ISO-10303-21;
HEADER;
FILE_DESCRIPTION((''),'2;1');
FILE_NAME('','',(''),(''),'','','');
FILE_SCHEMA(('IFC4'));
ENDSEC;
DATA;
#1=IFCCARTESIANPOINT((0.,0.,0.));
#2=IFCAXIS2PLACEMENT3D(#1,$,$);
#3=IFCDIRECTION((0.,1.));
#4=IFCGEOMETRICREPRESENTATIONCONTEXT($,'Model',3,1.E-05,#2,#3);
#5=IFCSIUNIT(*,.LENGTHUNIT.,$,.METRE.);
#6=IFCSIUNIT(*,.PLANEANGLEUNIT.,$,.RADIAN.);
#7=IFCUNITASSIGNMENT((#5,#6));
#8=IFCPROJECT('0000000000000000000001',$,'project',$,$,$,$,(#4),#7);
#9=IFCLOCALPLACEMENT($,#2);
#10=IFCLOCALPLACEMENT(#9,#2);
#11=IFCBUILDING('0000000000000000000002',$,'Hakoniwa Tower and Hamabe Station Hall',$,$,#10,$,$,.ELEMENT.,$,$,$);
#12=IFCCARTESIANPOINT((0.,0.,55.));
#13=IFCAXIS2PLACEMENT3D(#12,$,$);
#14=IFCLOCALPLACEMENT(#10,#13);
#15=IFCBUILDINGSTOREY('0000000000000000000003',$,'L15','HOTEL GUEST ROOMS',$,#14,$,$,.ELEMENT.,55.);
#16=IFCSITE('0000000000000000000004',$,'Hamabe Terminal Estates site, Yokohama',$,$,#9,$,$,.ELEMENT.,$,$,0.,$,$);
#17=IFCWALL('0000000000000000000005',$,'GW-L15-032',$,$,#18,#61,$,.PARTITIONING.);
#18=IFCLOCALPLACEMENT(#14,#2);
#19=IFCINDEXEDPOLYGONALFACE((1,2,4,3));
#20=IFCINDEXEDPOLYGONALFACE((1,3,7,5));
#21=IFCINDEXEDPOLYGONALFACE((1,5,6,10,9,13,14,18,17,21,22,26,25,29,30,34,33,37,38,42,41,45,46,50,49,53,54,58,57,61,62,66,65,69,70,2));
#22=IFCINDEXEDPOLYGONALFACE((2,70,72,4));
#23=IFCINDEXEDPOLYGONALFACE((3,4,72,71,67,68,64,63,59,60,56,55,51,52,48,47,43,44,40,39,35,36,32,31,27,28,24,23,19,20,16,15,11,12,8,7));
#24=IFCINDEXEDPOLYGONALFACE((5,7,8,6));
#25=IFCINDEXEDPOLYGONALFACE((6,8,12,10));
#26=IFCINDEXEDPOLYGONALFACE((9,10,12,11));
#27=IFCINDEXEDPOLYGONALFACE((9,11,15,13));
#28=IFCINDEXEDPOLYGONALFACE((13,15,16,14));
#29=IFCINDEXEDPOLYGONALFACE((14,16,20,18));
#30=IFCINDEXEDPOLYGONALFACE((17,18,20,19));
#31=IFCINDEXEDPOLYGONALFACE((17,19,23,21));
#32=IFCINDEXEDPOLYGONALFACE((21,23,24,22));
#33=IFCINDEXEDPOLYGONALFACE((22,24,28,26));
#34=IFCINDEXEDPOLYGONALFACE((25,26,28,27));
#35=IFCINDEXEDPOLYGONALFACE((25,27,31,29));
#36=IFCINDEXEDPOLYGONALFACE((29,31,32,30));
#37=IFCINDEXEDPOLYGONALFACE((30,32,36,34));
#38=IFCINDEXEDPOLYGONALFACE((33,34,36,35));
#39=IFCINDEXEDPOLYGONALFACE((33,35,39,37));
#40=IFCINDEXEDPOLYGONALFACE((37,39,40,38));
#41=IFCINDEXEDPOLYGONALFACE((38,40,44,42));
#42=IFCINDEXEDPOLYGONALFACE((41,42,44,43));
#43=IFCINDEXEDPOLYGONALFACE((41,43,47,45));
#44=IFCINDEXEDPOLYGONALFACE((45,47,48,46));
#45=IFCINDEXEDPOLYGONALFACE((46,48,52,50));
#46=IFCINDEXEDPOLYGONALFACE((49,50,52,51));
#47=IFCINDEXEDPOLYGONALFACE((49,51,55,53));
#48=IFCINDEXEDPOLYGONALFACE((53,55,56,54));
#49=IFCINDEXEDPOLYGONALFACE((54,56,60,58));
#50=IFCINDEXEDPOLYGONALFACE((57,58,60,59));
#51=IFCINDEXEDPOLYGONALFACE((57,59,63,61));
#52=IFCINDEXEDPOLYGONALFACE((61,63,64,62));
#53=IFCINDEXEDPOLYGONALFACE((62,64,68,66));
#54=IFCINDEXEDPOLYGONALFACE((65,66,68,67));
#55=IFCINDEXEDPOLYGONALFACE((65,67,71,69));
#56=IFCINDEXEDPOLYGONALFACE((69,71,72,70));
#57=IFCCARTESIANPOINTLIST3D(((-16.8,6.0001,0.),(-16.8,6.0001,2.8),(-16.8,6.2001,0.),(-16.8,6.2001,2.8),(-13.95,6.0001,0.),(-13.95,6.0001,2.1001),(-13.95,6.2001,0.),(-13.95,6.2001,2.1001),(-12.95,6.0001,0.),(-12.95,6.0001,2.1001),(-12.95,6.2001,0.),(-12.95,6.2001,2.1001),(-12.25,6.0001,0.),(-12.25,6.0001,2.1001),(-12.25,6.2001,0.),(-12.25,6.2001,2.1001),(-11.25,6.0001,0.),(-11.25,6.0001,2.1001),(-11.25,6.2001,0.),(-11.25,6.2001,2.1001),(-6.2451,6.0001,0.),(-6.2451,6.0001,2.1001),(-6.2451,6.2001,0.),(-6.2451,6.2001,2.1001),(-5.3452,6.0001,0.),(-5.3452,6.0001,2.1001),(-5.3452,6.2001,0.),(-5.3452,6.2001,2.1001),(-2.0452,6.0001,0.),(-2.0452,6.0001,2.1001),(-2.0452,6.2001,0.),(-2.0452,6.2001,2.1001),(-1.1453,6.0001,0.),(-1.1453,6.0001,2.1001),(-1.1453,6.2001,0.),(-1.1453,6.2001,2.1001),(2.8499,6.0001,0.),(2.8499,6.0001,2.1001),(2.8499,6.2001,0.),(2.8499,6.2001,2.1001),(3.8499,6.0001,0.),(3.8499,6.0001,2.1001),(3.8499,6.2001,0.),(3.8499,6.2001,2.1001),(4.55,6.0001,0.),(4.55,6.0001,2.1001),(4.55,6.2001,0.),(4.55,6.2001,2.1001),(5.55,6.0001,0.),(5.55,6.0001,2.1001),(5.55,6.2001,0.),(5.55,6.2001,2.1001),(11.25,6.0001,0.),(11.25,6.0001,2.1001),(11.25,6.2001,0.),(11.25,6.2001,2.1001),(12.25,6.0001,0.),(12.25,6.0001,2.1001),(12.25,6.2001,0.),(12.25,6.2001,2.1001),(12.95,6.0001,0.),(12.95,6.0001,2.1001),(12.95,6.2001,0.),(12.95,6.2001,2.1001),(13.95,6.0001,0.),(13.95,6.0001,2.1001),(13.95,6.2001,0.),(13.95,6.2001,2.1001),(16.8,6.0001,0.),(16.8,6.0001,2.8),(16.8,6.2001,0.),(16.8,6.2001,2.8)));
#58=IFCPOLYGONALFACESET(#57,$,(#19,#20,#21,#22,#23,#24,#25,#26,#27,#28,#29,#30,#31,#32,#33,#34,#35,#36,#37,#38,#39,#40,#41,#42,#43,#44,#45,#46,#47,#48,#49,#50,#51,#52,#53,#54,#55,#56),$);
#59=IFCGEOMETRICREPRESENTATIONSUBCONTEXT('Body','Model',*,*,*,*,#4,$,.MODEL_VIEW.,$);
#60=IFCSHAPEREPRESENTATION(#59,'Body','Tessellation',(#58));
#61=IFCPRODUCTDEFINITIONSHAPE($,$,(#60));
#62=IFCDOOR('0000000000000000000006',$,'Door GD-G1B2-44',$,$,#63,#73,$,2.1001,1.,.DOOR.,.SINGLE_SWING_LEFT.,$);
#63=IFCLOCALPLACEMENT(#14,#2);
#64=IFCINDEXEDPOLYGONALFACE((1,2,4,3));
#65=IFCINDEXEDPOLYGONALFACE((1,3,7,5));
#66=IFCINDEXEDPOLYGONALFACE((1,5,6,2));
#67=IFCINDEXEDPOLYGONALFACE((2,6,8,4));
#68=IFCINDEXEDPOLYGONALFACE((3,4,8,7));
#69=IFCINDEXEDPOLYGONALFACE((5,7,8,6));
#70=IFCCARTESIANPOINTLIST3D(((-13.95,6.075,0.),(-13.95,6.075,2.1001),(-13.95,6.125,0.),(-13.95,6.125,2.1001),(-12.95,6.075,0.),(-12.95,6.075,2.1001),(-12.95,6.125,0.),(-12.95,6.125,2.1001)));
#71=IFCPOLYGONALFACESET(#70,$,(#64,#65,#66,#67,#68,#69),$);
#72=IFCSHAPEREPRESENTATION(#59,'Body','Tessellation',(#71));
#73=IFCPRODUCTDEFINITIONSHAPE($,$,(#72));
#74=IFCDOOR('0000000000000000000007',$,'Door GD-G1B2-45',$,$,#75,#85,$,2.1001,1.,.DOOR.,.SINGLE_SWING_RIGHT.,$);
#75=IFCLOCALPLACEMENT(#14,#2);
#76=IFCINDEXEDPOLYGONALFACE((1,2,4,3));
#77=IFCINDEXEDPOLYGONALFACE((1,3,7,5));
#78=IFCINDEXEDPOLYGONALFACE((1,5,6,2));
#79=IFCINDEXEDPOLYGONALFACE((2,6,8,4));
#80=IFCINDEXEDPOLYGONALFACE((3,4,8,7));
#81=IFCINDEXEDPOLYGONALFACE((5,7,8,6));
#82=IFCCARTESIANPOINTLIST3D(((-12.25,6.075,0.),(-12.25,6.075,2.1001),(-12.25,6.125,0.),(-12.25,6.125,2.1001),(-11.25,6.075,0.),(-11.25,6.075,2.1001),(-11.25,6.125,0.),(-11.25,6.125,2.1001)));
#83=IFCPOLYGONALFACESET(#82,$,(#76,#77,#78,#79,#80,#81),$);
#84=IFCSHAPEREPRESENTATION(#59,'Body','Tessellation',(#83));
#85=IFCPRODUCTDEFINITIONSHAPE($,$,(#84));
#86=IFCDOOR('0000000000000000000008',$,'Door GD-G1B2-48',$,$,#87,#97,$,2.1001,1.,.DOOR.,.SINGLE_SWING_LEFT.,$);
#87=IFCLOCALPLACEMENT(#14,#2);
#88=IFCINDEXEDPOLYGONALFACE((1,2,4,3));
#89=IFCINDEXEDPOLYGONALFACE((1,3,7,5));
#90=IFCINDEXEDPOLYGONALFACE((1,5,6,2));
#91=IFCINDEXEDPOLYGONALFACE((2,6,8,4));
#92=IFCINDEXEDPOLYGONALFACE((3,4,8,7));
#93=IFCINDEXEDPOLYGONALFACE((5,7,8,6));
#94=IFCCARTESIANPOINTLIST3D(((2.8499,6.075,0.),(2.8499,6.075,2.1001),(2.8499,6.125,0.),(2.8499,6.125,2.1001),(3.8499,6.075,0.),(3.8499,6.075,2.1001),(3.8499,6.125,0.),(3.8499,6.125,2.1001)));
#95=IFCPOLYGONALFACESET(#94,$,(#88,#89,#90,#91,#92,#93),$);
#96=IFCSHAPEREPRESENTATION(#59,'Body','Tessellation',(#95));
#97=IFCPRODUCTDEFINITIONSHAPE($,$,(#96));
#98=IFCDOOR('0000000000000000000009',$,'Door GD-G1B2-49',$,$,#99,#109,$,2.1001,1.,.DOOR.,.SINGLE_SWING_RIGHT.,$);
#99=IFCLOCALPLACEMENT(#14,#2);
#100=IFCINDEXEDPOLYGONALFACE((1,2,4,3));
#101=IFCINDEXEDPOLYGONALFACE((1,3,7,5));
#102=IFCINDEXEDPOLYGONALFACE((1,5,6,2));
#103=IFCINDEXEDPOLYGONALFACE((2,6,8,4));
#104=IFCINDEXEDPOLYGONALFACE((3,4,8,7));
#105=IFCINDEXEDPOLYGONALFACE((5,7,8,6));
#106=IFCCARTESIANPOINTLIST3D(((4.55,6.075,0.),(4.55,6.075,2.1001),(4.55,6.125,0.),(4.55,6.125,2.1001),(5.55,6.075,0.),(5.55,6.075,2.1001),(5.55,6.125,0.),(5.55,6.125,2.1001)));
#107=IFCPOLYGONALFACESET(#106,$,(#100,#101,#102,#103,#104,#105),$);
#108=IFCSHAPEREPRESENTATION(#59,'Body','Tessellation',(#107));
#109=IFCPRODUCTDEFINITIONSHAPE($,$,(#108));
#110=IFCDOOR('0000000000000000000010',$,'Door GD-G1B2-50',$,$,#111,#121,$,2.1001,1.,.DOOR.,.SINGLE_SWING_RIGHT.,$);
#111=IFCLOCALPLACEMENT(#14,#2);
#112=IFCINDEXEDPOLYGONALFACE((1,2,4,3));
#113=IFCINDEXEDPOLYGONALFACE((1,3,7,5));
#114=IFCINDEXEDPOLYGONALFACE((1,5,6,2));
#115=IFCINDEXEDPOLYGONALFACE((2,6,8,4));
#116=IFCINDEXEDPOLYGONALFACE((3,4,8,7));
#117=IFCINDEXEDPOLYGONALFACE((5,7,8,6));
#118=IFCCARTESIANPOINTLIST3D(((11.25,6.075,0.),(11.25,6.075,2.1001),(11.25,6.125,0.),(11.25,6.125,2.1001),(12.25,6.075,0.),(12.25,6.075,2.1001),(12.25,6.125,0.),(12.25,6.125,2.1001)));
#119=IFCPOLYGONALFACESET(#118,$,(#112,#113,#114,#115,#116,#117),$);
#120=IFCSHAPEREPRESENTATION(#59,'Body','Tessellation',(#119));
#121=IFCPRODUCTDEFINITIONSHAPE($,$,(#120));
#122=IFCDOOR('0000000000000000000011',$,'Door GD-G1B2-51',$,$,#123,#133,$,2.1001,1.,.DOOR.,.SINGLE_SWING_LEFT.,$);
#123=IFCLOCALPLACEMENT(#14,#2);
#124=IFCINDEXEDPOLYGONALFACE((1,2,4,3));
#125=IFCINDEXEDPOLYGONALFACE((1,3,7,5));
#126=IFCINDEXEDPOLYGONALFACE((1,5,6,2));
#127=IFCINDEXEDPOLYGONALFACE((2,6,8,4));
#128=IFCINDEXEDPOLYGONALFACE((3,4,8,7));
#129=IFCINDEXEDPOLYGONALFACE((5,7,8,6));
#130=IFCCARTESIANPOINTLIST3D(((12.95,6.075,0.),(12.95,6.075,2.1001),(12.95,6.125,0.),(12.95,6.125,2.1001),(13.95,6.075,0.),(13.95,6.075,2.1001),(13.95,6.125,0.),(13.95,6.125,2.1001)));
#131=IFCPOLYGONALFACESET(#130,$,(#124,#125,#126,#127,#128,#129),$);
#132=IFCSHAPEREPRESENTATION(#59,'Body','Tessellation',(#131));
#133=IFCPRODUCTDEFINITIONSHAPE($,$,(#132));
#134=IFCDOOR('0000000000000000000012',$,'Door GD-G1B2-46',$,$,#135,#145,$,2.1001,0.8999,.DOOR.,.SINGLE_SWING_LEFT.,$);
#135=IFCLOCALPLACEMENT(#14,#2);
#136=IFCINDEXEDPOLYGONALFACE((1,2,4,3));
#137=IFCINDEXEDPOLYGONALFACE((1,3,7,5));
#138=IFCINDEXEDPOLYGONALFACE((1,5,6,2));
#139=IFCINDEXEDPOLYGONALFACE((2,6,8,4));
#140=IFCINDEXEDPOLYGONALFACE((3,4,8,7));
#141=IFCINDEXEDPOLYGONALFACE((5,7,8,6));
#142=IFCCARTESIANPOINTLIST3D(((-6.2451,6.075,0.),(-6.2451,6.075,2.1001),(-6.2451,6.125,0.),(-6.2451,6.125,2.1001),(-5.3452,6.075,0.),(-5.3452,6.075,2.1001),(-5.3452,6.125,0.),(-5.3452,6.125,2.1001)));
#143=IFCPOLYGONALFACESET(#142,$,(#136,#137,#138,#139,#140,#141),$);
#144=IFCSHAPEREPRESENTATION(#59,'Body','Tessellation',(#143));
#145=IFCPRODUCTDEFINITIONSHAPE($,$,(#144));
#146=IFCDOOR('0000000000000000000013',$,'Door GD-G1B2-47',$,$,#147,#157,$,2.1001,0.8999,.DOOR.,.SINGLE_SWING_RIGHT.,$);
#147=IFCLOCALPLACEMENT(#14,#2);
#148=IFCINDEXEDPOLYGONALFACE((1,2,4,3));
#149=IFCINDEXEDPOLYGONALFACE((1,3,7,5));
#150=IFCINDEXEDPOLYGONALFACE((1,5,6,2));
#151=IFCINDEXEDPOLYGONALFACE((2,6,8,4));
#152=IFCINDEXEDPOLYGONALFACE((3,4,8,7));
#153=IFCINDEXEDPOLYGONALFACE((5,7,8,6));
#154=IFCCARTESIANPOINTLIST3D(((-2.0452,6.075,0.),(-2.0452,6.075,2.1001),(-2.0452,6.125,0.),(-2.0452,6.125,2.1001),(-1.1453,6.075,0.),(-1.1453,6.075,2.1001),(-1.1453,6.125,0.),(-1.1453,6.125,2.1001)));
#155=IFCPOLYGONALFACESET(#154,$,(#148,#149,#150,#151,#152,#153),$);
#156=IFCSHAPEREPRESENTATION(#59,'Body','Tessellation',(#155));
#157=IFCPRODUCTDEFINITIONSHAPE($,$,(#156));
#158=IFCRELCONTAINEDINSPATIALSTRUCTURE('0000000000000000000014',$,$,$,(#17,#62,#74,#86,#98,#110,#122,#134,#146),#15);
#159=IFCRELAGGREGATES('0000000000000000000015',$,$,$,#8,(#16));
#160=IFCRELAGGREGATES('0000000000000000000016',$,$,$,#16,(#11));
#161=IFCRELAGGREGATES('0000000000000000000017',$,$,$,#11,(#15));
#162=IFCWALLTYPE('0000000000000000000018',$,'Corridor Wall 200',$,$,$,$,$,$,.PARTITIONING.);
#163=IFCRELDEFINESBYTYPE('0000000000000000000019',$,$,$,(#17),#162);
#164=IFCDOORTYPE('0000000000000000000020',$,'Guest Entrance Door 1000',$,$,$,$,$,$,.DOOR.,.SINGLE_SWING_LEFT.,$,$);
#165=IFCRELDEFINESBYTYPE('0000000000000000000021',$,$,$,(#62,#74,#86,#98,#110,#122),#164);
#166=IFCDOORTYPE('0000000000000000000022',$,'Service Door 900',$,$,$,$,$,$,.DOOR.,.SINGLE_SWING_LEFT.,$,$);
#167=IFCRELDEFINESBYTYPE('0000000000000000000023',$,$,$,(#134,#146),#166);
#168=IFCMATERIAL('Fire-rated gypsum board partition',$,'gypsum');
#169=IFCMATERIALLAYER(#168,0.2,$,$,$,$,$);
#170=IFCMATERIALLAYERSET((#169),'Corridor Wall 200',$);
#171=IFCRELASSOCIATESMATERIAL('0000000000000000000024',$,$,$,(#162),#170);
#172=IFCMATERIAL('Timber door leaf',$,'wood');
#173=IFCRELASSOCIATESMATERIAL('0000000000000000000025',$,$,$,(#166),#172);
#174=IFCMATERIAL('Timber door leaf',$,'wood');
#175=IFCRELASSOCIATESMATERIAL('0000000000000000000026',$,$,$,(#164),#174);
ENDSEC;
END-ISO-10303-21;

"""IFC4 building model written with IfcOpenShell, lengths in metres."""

from ifc_helpers import new_model, si_unit, direction, frame, frame_2d, origin, place, context, subcontext, project, spatial, rectangle, extrude, material, layer, layer_set, type_object, element, fill, save


model = new_model("IFC4")

# Units and contexts
model_context = context("Model", 3, precision=1e-05, world=origin(), true_north=direction((0.0, 1.0)))
body_context = subcontext(model_context, "Body", "Model", "MODEL_VIEW")
ifc_project = project(units=[si_unit("LENGTHUNIT", "METRE"), si_unit("PLANEANGLEUNIT", "RADIAN")], contexts=[model_context])

# Site, building, storey
site_placement = place(None, origin())
site = spatial("IfcSite", under=ifc_project, at=site_placement, Name="Hamabe Terminal Estates site, Yokohama", CompositionType="ELEMENT", RefElevation=0.0)
building_placement = place(site_placement, origin())
building = spatial("IfcBuilding", under=site, at=building_placement, Name="Hakoniwa Tower and Hamabe Station Hall", CompositionType="ELEMENT")
storey_placement = place(building_placement, frame((0.0, 0.0, 55.0)))
storey = spatial("IfcBuildingStorey", under=building, at=storey_placement, Name="L15", Description="HOTEL GUEST ROOMS", CompositionType="ELEMENT", Elevation=55.0)

# Wall, openings, doors
ifc_material_1 = material(Name="Fire-rated gypsum board partition", Category="gypsum")
ifc_layer_1 = layer(ifc_material_1, 0.2)
ifc_layer_set_1 = layer_set([ifc_layer_1], Name="Corridor Wall 200")
wall_type_1 = type_object("IfcWallType", Name="Corridor Wall 200", PredefinedType="PARTITIONING", material=ifc_layer_set_1)
ifc_material_2 = material(Name="Timber door leaf", Category="wood")
door_type_1 = type_object("IfcDoorType", Name="Service Door 900", OperationType="SINGLE_SWING_LEFT", PredefinedType="DOOR", material=ifc_material_2)
wall_1_placement = place(storey_placement, frame((-16.8, 6.1001, 0.0), z_axis=(0.0, 0.0, 1.0), x_axis=(1.0, 0.0, 0.0)))
wall_1 = element("IfcWall", 1, at=wall_1_placement, inside=storey, type_object=wall_type_1, Name="GW-L15-032", PredefinedType="PARTITIONING", context=body_context, shape_type="SweptSolid", body=[
    extrude(rectangle(XDim=33.6001, YDim=0.2, at=frame_2d((16.8, 0.0))), origin(), (0.0, 0.0, 1.0), 2.8),
])
opening_1_placement = place(wall_1_placement, frame((2.8501, 0.0, 0.0)))
opening_1 = element("IfcOpeningElement", 2, at=opening_1_placement, cuts=wall_1, PredefinedType="OPENING", context=body_context, shape_type="SweptSolid", body=[
    extrude(rectangle(XDim=1.0, YDim=2.1001, at=frame_2d((0.5, 1.05))), frame((0.0, 0.1099, 0.0), z_axis=(0.0, -1.0, 0.0), x_axis=(1.0, 0.0, 0.0)), (0.0, 0.0, 1.0), 0.22),
])
opening_2_placement = place(wall_1_placement, frame((4.55, 0.0, 0.0)))
opening_2 = element("IfcOpeningElement", 3, at=opening_2_placement, cuts=wall_1, PredefinedType="OPENING", context=body_context, shape_type="SweptSolid", body=[
    extrude(rectangle(XDim=1.0, YDim=2.1001, at=frame_2d((0.5, 1.05))), frame((0.0, 0.1099, 0.0), z_axis=(0.0, -1.0, 0.0), x_axis=(1.0, 0.0, 0.0)), (0.0, 0.0, 1.0), 0.22),
])
opening_3_placement = place(wall_1_placement, frame((10.5549, 0.0, 0.0)))
opening_3 = element("IfcOpeningElement", 4, at=opening_3_placement, cuts=wall_1, PredefinedType="OPENING", context=body_context, shape_type="SweptSolid", body=[
    extrude(rectangle(XDim=0.8999, YDim=2.1001, at=frame_2d((0.45, 1.05))), frame((0.0, 0.1099, 0.0), z_axis=(0.0, -1.0, 0.0), x_axis=(1.0, 0.0, 0.0)), (0.0, 0.0, 1.0), 0.22),
])
opening_4_placement = place(wall_1_placement, frame((14.7549, 0.0, 0.0)))
opening_4 = element("IfcOpeningElement", 5, at=opening_4_placement, cuts=wall_1, PredefinedType="OPENING", context=body_context, shape_type="SweptSolid", body=[
    extrude(rectangle(XDim=0.8999, YDim=2.1001, at=frame_2d((0.45, 1.05))), frame((0.0, 0.1099, 0.0), z_axis=(0.0, -1.0, 0.0), x_axis=(1.0, 0.0, 0.0)), (0.0, 0.0, 1.0), 0.22),
])
opening_5_placement = place(wall_1_placement, frame((19.6499, 0.0, 0.0)))
opening_5 = element("IfcOpeningElement", 6, at=opening_5_placement, cuts=wall_1, PredefinedType="OPENING", context=body_context, shape_type="SweptSolid", body=[
    extrude(rectangle(XDim=1.0, YDim=2.1001, at=frame_2d((0.5, 1.05))), frame((0.0, 0.1099, 0.0), z_axis=(0.0, -1.0, 0.0), x_axis=(1.0, 0.0, 0.0)), (0.0, 0.0, 1.0), 0.22),
])
opening_6_placement = place(wall_1_placement, frame((21.3501, 0.0, 0.0)))
opening_6 = element("IfcOpeningElement", 7, at=opening_6_placement, cuts=wall_1, PredefinedType="OPENING", context=body_context, shape_type="SweptSolid", body=[
    extrude(rectangle(XDim=1.0, YDim=2.1001, at=frame_2d((0.5, 1.05))), frame((0.0, 0.1099, 0.0), z_axis=(0.0, -1.0, 0.0), x_axis=(1.0, 0.0, 0.0)), (0.0, 0.0, 1.0), 0.22),
])
opening_7_placement = place(wall_1_placement, frame((28.05, 0.0, 0.0)))
opening_7 = element("IfcOpeningElement", 8, at=opening_7_placement, cuts=wall_1, PredefinedType="OPENING", context=body_context, shape_type="SweptSolid", body=[
    extrude(rectangle(XDim=1.0, YDim=2.1001, at=frame_2d((0.5, 1.05))), frame((0.0, 0.1099, 0.0), z_axis=(0.0, -1.0, 0.0), x_axis=(1.0, 0.0, 0.0)), (0.0, 0.0, 1.0), 0.22),
])
opening_8_placement = place(wall_1_placement, frame((29.75, 0.0, 0.0)))
opening_8 = element("IfcOpeningElement", 9, at=opening_8_placement, cuts=wall_1, PredefinedType="OPENING", context=body_context, shape_type="SweptSolid", body=[
    extrude(rectangle(XDim=1.0, YDim=2.1001, at=frame_2d((0.5, 1.05))), frame((0.0, 0.1099, 0.0), z_axis=(0.0, -1.0, 0.0), x_axis=(1.0, 0.0, 0.0)), (0.0, 0.0, 1.0), 0.22),
])
ifc_material_3 = material(Name="Timber door leaf", Category="wood")
door_type_2 = type_object("IfcDoorType", Name="Guest Entrance Door 1000", OperationType="SINGLE_SWING_LEFT", PredefinedType="DOOR", material=ifc_material_3)
door_1_placement = place(opening_1_placement, origin())
door_1 = element("IfcDoor", 10, at=door_1_placement, inside=storey, type_object=door_type_2, Name="Door GD-G1B2-44", OperationType="SINGLE_SWING_LEFT", OverallHeight=2.1001, OverallWidth=1.0, PredefinedType="DOOR", context=body_context, shape_type="SweptSolid", body=[
    extrude(rectangle(XDim=1.0, YDim=2.1001, at=frame_2d((0.5, 1.05))), frame((0.0, 0.0249, 0.0), z_axis=(0.0, -1.0, 0.0), x_axis=(1.0, 0.0, 0.0)), (0.0, 0.0, 1.0), 0.05),
])
fill(opening_1, door_1)
door_2_placement = place(opening_2_placement, origin())
door_2 = element("IfcDoor", 11, at=door_2_placement, inside=storey, type_object=door_type_2, Name="Door GD-G1B2-45", OperationType="SINGLE_SWING_RIGHT", OverallHeight=2.1001, OverallWidth=1.0, PredefinedType="DOOR", context=body_context, shape_type="SweptSolid", body=[
    extrude(rectangle(XDim=1.0, YDim=2.1001, at=frame_2d((0.5, 1.05))), frame((0.0, 0.0249, 0.0), z_axis=(0.0, -1.0, 0.0), x_axis=(1.0, 0.0, 0.0)), (0.0, 0.0, 1.0), 0.05),
])
fill(opening_2, door_2)
door_3_placement = place(opening_5_placement, origin())
door_3 = element("IfcDoor", 12, at=door_3_placement, inside=storey, type_object=door_type_2, Name="Door GD-G1B2-48", OperationType="SINGLE_SWING_LEFT", OverallHeight=2.1001, OverallWidth=1.0, PredefinedType="DOOR", context=body_context, shape_type="SweptSolid", body=[
    extrude(rectangle(XDim=1.0, YDim=2.1001, at=frame_2d((0.5, 1.05))), frame((0.0, 0.0249, 0.0), z_axis=(0.0, -1.0, 0.0), x_axis=(1.0, 0.0, 0.0)), (0.0, 0.0, 1.0), 0.05),
])
fill(opening_5, door_3)
door_4_placement = place(opening_6_placement, origin())
door_4 = element("IfcDoor", 13, at=door_4_placement, inside=storey, type_object=door_type_2, Name="Door GD-G1B2-49", OperationType="SINGLE_SWING_RIGHT", OverallHeight=2.1001, OverallWidth=1.0, PredefinedType="DOOR", context=body_context, shape_type="SweptSolid", body=[
    extrude(rectangle(XDim=1.0, YDim=2.1001, at=frame_2d((0.5, 1.05))), frame((0.0, 0.0249, 0.0), z_axis=(0.0, -1.0, 0.0), x_axis=(1.0, 0.0, 0.0)), (0.0, 0.0, 1.0), 0.05),
])
fill(opening_6, door_4)
door_5_placement = place(opening_7_placement, origin())
door_5 = element("IfcDoor", 14, at=door_5_placement, inside=storey, type_object=door_type_2, Name="Door GD-G1B2-50", OperationType="SINGLE_SWING_RIGHT", OverallHeight=2.1001, OverallWidth=1.0, PredefinedType="DOOR", context=body_context, shape_type="SweptSolid", body=[
    extrude(rectangle(XDim=1.0, YDim=2.1001, at=frame_2d((0.5, 1.05))), frame((0.0, 0.0249, 0.0), z_axis=(0.0, -1.0, 0.0), x_axis=(1.0, 0.0, 0.0)), (0.0, 0.0, 1.0), 0.05),
])
fill(opening_7, door_5)
door_6_placement = place(opening_8_placement, origin())
door_6 = element("IfcDoor", 15, at=door_6_placement, inside=storey, type_object=door_type_2, Name="Door GD-G1B2-51", OperationType="SINGLE_SWING_LEFT", OverallHeight=2.1001, OverallWidth=1.0, PredefinedType="DOOR", context=body_context, shape_type="SweptSolid", body=[
    extrude(rectangle(XDim=1.0, YDim=2.1001, at=frame_2d((0.5, 1.05))), frame((0.0, 0.0249, 0.0), z_axis=(0.0, -1.0, 0.0), x_axis=(1.0, 0.0, 0.0)), (0.0, 0.0, 1.0), 0.05),
])
fill(opening_8, door_6)
door_7_placement = place(opening_3_placement, origin())
door_7 = element("IfcDoor", 16, at=door_7_placement, inside=storey, type_object=door_type_1, Name="Door GD-G1B2-46", OperationType="SINGLE_SWING_LEFT", OverallHeight=2.1001, OverallWidth=0.8999, PredefinedType="DOOR", context=body_context, shape_type="SweptSolid", body=[
    extrude(rectangle(XDim=0.8999, YDim=2.1001, at=frame_2d((0.45, 1.05))), frame((0.0, 0.0249, 0.0), z_axis=(0.0, -1.0, 0.0), x_axis=(1.0, 0.0, 0.0)), (0.0, 0.0, 1.0), 0.05),
])
fill(opening_3, door_7)
door_8_placement = place(opening_4_placement, origin())
door_8 = element("IfcDoor", 17, at=door_8_placement, inside=storey, type_object=door_type_1, Name="Door GD-G1B2-47", OperationType="SINGLE_SWING_RIGHT", OverallHeight=2.1001, OverallWidth=0.8999, PredefinedType="DOOR", context=body_context, shape_type="SweptSolid", body=[
    extrude(rectangle(XDim=0.8999, YDim=2.1001, at=frame_2d((0.45, 1.05))), frame((0.0, 0.0249, 0.0), z_axis=(0.0, -1.0, 0.0), x_axis=(1.0, 0.0, 0.0)), (0.0, 0.0, 1.0), 0.05),
])
fill(opening_4, door_8)

save(model, "model.ifc")
